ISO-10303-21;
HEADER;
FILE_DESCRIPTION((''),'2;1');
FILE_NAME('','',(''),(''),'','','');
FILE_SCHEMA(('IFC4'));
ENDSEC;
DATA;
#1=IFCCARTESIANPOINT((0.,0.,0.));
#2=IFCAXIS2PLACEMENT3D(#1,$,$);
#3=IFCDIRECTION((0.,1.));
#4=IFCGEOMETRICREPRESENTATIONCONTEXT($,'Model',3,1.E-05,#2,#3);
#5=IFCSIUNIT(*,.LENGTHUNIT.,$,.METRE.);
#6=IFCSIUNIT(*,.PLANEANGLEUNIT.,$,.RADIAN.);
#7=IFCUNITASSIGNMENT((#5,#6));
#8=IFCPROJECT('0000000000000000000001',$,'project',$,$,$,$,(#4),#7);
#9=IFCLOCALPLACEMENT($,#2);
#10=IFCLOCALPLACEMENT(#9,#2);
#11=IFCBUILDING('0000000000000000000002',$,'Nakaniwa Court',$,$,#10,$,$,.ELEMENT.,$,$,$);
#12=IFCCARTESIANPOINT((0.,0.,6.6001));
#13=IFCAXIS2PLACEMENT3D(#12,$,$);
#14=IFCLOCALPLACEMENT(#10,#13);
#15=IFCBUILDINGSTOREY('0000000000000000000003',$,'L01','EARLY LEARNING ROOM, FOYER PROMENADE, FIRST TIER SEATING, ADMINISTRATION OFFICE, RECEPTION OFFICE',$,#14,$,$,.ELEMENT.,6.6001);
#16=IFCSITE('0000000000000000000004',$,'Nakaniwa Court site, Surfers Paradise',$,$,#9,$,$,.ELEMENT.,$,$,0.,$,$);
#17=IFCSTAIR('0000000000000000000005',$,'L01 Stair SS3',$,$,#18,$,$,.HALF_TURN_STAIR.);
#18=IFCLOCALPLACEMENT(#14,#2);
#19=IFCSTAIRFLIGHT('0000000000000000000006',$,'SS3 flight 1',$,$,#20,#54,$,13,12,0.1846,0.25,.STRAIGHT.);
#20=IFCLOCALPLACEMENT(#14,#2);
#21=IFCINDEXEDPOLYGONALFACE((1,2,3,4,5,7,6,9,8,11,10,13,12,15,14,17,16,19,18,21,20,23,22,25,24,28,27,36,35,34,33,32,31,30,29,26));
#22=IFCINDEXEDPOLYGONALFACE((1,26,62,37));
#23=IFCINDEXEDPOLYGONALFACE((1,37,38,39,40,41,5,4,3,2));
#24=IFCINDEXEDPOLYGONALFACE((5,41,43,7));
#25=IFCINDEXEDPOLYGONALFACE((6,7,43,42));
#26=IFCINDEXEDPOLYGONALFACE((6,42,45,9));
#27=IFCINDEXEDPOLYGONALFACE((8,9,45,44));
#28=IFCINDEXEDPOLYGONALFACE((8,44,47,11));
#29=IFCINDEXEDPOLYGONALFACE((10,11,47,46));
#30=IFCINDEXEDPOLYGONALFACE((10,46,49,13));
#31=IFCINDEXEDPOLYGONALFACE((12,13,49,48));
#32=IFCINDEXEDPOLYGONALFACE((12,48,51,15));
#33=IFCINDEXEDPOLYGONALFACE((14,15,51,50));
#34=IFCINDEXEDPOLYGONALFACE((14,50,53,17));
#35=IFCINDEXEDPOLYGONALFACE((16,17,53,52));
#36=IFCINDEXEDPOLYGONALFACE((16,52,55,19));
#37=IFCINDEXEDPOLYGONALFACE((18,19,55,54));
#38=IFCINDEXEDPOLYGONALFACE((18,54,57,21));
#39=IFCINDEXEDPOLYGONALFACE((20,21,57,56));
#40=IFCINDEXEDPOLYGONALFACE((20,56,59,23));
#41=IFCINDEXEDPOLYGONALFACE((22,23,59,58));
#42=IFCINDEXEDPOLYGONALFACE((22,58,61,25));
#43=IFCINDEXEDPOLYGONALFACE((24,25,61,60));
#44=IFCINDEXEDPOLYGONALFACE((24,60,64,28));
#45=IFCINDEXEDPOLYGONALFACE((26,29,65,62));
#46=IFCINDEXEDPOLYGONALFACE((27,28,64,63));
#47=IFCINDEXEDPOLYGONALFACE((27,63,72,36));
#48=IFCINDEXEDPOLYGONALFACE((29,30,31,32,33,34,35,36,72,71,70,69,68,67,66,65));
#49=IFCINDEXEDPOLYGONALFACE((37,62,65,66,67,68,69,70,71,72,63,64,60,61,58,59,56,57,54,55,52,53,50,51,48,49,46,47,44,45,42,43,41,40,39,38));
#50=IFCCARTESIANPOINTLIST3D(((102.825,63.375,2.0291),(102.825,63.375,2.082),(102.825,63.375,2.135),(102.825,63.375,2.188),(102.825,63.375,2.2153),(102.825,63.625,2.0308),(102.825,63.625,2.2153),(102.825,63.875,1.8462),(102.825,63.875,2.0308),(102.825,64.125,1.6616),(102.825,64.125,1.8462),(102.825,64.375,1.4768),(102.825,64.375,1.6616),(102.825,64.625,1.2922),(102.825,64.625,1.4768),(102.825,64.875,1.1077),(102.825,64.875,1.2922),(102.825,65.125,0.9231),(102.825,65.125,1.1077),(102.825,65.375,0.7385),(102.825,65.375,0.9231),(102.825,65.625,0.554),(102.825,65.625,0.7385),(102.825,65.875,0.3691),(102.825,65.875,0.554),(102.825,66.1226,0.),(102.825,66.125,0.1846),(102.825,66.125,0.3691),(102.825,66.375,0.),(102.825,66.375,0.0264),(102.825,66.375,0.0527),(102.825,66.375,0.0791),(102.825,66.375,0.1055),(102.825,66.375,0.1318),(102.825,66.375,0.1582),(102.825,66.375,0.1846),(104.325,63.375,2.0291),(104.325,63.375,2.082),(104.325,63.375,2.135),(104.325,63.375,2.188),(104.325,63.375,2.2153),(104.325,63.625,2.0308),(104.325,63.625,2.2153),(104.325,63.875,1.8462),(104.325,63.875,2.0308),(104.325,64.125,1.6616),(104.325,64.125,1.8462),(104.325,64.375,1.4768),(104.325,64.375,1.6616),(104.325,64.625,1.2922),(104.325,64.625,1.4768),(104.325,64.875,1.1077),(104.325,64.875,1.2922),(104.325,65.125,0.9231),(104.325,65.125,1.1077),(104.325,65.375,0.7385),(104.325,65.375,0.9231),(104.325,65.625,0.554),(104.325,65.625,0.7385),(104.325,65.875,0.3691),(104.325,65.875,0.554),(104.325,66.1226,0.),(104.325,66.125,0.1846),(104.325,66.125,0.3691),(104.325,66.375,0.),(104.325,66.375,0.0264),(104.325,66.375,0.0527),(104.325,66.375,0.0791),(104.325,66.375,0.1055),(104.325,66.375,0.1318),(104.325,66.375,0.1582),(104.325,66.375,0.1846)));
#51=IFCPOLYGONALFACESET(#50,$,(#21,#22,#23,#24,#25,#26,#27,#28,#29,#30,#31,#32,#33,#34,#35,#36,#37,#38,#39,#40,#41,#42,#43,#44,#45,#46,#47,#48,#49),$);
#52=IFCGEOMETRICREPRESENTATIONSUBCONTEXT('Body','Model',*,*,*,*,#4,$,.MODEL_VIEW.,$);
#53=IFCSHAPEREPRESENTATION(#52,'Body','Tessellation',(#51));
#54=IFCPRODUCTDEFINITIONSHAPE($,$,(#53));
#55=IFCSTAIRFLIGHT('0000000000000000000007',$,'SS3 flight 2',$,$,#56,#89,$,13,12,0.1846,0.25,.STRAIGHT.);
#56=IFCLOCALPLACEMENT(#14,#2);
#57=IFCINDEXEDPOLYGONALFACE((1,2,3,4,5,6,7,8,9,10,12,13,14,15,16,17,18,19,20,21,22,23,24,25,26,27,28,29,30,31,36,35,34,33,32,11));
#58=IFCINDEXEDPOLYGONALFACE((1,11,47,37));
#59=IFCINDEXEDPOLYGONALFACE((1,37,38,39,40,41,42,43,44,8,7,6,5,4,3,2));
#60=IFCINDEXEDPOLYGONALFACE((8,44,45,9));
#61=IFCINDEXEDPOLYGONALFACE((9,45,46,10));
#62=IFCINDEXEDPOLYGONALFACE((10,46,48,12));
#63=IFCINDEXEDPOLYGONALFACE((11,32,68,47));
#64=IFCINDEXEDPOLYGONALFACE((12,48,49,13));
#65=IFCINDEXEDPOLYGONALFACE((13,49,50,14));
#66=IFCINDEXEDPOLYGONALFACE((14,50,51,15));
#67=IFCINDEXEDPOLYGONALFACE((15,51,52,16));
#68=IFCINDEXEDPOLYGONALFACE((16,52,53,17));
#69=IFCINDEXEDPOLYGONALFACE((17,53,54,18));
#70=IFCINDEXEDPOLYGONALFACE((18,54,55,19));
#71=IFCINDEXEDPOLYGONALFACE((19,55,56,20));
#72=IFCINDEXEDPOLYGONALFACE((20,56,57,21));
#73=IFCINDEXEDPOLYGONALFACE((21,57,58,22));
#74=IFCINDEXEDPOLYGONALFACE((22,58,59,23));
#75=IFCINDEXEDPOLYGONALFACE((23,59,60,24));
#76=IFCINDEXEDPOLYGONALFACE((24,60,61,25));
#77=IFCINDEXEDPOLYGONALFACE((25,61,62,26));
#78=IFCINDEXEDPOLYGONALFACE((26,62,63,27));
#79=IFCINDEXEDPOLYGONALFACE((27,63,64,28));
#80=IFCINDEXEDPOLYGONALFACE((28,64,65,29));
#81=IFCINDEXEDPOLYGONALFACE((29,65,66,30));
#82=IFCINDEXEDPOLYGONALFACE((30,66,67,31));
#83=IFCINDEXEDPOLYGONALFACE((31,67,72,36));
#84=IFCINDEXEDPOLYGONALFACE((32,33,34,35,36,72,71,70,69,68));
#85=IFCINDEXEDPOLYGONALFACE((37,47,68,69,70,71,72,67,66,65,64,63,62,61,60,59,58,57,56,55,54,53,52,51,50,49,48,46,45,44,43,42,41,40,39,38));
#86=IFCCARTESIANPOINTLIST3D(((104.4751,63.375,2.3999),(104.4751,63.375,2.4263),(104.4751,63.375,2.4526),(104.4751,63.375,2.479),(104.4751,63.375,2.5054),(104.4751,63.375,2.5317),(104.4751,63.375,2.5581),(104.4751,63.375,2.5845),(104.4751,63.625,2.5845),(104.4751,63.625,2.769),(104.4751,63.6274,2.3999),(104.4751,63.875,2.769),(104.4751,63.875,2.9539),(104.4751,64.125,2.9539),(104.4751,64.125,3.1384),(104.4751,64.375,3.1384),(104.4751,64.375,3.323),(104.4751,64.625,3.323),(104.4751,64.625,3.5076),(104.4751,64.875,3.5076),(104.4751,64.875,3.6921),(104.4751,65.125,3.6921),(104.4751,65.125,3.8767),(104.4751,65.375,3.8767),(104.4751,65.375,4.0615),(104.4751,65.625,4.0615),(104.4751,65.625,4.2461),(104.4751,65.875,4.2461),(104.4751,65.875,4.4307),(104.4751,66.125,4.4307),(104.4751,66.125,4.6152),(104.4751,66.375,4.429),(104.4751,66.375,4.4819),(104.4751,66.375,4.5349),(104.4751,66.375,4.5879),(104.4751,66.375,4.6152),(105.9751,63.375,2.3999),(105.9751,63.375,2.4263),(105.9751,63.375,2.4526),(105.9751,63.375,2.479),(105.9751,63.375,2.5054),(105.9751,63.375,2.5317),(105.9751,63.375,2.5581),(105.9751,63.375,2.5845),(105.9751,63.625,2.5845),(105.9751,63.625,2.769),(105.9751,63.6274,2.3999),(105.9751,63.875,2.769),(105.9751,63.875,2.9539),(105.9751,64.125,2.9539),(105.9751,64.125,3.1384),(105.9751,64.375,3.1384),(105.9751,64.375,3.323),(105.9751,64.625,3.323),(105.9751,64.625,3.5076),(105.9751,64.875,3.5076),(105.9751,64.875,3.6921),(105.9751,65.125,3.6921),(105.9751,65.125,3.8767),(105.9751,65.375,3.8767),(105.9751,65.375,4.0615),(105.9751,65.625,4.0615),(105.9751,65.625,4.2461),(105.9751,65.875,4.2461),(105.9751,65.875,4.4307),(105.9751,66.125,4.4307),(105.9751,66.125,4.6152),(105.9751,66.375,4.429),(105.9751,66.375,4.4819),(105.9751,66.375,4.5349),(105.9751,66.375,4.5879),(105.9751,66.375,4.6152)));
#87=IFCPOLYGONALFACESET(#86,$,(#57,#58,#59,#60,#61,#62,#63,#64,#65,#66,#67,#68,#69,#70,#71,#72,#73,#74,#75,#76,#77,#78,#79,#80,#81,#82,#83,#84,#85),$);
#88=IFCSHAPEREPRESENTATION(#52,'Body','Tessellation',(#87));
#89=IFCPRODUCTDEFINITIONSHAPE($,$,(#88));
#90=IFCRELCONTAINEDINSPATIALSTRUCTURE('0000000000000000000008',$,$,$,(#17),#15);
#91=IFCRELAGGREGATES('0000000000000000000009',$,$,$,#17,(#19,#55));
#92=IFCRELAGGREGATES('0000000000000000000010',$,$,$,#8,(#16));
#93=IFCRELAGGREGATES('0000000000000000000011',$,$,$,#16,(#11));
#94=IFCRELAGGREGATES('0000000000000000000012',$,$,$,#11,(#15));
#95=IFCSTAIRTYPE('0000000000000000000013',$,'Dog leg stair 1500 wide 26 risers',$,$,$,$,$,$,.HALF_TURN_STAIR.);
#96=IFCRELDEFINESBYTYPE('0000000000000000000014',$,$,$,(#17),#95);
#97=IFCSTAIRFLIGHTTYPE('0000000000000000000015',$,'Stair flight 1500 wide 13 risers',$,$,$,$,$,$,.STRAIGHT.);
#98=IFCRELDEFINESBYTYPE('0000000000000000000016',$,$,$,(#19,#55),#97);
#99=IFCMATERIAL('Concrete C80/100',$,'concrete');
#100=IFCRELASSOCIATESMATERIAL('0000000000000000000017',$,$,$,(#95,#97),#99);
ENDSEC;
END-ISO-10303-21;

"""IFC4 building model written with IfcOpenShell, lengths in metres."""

from ifc_helpers import new_model, si_unit, direction, frame, origin, place, context, subcontext, project, spatial, polyline, outline, extrude, material, type_object, element, aggregate, save


model = new_model("IFC4")

# Units and contexts
model_context = context("Model", 3, precision=1e-05, world=origin(), true_north=direction((0.0, 1.0)))
body_context = subcontext(model_context, "Body", "Model", "MODEL_VIEW")
ifc_project = project(units=[si_unit("LENGTHUNIT", "METRE"), si_unit("PLANEANGLEUNIT", "RADIAN")], contexts=[model_context])

# Site, building, storey
site_placement = place(None, origin())
site = spatial("IfcSite", under=ifc_project, at=site_placement, Name="Nakaniwa Court site, Surfers Paradise", CompositionType="ELEMENT", RefElevation=0.0)
building_placement = place(site_placement, origin())
building = spatial("IfcBuilding", under=site, at=building_placement, Name="Nakaniwa Court", CompositionType="ELEMENT")
storey_placement = place(building_placement, frame((0.0, 0.0, 6.6001)))
storey = spatial("IfcBuildingStorey", under=building, at=storey_placement, Name="L01", Description="EARLY LEARNING ROOM, FOYER PROMENADE, FIRST TIER SEATING, ADMINISTRATION OFFICE, RECEPTION OFFICE", CompositionType="ELEMENT", Elevation=6.6001)

# Stair, stair flights
ifc_material_1 = material(Name="Concrete C80/100", Category="concrete")
stair_type = type_object("IfcStairType", Name="Dog leg stair 1500 wide 26 risers", PredefinedType="HALF_TURN_STAIR", material=ifc_material_1)
stair_placement = place(storey_placement, origin())
stair = element("IfcStair", 1, at=stair_placement, inside=storey, type_object=stair_type, Name="L01 Stair SS3", PredefinedType="HALF_TURN_STAIR")
stair_flight_type = type_object("IfcStairFlightType", Name="Stair flight 1500 wide 13 risers", PredefinedType="STRAIGHT", material=ifc_material_1)
stair_flight_1_placement = place(storey_placement, frame((103.575, 66.375, 0.0), z_axis=(0.0, 0.0, 1.0), x_axis=(0.0, -1.0, 0.0)))
stair_flight_1 = element("IfcStairFlight", 2, at=stair_flight_1_placement, type_object=stair_flight_type, Name="SS3 flight 1", NumberOfRisers=13, NumberOfTreads=12, PredefinedType="STRAIGHT", RiserHeight=0.1846, TreadLength=0.25, context=body_context, shape_type="SweptSolid", body=[
    extrude(outline(polyline([(0.0, 0.0), (0.0, 0.0264), (0.0, 0.0527), (0.0, 0.0791), (0.0, 0.1055), (0.0, 0.1318), (0.0, 0.1582), (0.0, 0.1846), (0.25, 0.1846), (0.25, 0.3691), (0.5, 0.3691), (0.5, 0.554), (0.75, 0.554), (0.75, 0.7385), (1.0, 0.7385), (1.0, 0.9231), (1.25, 0.9231), (1.25, 1.1077), (1.5, 1.1077), (1.5, 1.2922), (1.75, 1.2922), (1.75, 1.4768), (2.0, 1.4768), (2.0, 1.6616), (2.25, 1.6616), (2.25, 1.8462), (2.5, 1.8462), (2.5, 2.0308), (2.75, 2.0308), (2.75, 2.2153), (3.0, 2.2153), (3.0, 2.3999), (3.0, 2.3469), (3.0, 2.2939), (3.0, 2.241), (3.0, 2.188), (3.0, 2.135), (3.0, 2.082), (3.0, 2.0291), (0.2524, 0.0), (0.0, 0.0)])), frame((0.0, 0.75, 0.0), z_axis=(0.0, -1.0, 0.0), x_axis=(1.0, 0.0, 0.0)), (0.0, 0.0, 1.0), 1.5),
])
stair_flight_2_placement = place(storey_placement, frame((105.2251, 63.375, 2.3999), z_axis=(0.0, 0.0, 1.0), x_axis=(0.0, 1.0, 0.0)))
stair_flight_2 = element("IfcStairFlight", 3, at=stair_flight_2_placement, type_object=stair_flight_type, Name="SS3 flight 2", NumberOfRisers=13, NumberOfTreads=12, PredefinedType="STRAIGHT", RiserHeight=0.1846, TreadLength=0.25, context=body_context, shape_type="SweptSolid", body=[
    extrude(outline(polyline([(0.0, 0.0), (0.0, 0.0264), (0.0, 0.0527), (0.0, 0.0791), (0.0, 0.1055), (0.0, 0.1318), (0.0, 0.1582), (0.0, 0.1846), (0.25, 0.1846), (0.25, 0.3691), (0.5, 0.3691), (0.5, 0.554), (0.75, 0.554), (0.75, 0.7385), (1.0, 0.7385), (1.0, 0.9231), (1.25, 0.9231), (1.25, 1.1077), (1.5, 1.1077), (1.5, 1.2922), (1.75, 1.2922), (1.75, 1.4768), (2.0, 1.4768), (2.0, 1.6616), (2.25, 1.6616), (2.25, 1.8462), (2.5, 1.8462), (2.5, 2.0308), (2.75, 2.0308), (2.75, 2.2153), (3.0, 2.2153), (3.0, 2.3999), (3.0, 2.3469), (3.0, 2.2939), (3.0, 2.241), (3.0, 2.188), (3.0, 2.135), (3.0, 2.082), (3.0, 2.0291), (0.2524, 0.0), (0.0, 0.0)])), frame((0.0, 0.75, 0.0), z_axis=(0.0, -1.0, 0.0), x_axis=(1.0, 0.0, 0.0)), (0.0, 0.0, 1.0), 1.5),
])
aggregate(stair, [stair_flight_1, stair_flight_2])

save(model, "model.ifc")
